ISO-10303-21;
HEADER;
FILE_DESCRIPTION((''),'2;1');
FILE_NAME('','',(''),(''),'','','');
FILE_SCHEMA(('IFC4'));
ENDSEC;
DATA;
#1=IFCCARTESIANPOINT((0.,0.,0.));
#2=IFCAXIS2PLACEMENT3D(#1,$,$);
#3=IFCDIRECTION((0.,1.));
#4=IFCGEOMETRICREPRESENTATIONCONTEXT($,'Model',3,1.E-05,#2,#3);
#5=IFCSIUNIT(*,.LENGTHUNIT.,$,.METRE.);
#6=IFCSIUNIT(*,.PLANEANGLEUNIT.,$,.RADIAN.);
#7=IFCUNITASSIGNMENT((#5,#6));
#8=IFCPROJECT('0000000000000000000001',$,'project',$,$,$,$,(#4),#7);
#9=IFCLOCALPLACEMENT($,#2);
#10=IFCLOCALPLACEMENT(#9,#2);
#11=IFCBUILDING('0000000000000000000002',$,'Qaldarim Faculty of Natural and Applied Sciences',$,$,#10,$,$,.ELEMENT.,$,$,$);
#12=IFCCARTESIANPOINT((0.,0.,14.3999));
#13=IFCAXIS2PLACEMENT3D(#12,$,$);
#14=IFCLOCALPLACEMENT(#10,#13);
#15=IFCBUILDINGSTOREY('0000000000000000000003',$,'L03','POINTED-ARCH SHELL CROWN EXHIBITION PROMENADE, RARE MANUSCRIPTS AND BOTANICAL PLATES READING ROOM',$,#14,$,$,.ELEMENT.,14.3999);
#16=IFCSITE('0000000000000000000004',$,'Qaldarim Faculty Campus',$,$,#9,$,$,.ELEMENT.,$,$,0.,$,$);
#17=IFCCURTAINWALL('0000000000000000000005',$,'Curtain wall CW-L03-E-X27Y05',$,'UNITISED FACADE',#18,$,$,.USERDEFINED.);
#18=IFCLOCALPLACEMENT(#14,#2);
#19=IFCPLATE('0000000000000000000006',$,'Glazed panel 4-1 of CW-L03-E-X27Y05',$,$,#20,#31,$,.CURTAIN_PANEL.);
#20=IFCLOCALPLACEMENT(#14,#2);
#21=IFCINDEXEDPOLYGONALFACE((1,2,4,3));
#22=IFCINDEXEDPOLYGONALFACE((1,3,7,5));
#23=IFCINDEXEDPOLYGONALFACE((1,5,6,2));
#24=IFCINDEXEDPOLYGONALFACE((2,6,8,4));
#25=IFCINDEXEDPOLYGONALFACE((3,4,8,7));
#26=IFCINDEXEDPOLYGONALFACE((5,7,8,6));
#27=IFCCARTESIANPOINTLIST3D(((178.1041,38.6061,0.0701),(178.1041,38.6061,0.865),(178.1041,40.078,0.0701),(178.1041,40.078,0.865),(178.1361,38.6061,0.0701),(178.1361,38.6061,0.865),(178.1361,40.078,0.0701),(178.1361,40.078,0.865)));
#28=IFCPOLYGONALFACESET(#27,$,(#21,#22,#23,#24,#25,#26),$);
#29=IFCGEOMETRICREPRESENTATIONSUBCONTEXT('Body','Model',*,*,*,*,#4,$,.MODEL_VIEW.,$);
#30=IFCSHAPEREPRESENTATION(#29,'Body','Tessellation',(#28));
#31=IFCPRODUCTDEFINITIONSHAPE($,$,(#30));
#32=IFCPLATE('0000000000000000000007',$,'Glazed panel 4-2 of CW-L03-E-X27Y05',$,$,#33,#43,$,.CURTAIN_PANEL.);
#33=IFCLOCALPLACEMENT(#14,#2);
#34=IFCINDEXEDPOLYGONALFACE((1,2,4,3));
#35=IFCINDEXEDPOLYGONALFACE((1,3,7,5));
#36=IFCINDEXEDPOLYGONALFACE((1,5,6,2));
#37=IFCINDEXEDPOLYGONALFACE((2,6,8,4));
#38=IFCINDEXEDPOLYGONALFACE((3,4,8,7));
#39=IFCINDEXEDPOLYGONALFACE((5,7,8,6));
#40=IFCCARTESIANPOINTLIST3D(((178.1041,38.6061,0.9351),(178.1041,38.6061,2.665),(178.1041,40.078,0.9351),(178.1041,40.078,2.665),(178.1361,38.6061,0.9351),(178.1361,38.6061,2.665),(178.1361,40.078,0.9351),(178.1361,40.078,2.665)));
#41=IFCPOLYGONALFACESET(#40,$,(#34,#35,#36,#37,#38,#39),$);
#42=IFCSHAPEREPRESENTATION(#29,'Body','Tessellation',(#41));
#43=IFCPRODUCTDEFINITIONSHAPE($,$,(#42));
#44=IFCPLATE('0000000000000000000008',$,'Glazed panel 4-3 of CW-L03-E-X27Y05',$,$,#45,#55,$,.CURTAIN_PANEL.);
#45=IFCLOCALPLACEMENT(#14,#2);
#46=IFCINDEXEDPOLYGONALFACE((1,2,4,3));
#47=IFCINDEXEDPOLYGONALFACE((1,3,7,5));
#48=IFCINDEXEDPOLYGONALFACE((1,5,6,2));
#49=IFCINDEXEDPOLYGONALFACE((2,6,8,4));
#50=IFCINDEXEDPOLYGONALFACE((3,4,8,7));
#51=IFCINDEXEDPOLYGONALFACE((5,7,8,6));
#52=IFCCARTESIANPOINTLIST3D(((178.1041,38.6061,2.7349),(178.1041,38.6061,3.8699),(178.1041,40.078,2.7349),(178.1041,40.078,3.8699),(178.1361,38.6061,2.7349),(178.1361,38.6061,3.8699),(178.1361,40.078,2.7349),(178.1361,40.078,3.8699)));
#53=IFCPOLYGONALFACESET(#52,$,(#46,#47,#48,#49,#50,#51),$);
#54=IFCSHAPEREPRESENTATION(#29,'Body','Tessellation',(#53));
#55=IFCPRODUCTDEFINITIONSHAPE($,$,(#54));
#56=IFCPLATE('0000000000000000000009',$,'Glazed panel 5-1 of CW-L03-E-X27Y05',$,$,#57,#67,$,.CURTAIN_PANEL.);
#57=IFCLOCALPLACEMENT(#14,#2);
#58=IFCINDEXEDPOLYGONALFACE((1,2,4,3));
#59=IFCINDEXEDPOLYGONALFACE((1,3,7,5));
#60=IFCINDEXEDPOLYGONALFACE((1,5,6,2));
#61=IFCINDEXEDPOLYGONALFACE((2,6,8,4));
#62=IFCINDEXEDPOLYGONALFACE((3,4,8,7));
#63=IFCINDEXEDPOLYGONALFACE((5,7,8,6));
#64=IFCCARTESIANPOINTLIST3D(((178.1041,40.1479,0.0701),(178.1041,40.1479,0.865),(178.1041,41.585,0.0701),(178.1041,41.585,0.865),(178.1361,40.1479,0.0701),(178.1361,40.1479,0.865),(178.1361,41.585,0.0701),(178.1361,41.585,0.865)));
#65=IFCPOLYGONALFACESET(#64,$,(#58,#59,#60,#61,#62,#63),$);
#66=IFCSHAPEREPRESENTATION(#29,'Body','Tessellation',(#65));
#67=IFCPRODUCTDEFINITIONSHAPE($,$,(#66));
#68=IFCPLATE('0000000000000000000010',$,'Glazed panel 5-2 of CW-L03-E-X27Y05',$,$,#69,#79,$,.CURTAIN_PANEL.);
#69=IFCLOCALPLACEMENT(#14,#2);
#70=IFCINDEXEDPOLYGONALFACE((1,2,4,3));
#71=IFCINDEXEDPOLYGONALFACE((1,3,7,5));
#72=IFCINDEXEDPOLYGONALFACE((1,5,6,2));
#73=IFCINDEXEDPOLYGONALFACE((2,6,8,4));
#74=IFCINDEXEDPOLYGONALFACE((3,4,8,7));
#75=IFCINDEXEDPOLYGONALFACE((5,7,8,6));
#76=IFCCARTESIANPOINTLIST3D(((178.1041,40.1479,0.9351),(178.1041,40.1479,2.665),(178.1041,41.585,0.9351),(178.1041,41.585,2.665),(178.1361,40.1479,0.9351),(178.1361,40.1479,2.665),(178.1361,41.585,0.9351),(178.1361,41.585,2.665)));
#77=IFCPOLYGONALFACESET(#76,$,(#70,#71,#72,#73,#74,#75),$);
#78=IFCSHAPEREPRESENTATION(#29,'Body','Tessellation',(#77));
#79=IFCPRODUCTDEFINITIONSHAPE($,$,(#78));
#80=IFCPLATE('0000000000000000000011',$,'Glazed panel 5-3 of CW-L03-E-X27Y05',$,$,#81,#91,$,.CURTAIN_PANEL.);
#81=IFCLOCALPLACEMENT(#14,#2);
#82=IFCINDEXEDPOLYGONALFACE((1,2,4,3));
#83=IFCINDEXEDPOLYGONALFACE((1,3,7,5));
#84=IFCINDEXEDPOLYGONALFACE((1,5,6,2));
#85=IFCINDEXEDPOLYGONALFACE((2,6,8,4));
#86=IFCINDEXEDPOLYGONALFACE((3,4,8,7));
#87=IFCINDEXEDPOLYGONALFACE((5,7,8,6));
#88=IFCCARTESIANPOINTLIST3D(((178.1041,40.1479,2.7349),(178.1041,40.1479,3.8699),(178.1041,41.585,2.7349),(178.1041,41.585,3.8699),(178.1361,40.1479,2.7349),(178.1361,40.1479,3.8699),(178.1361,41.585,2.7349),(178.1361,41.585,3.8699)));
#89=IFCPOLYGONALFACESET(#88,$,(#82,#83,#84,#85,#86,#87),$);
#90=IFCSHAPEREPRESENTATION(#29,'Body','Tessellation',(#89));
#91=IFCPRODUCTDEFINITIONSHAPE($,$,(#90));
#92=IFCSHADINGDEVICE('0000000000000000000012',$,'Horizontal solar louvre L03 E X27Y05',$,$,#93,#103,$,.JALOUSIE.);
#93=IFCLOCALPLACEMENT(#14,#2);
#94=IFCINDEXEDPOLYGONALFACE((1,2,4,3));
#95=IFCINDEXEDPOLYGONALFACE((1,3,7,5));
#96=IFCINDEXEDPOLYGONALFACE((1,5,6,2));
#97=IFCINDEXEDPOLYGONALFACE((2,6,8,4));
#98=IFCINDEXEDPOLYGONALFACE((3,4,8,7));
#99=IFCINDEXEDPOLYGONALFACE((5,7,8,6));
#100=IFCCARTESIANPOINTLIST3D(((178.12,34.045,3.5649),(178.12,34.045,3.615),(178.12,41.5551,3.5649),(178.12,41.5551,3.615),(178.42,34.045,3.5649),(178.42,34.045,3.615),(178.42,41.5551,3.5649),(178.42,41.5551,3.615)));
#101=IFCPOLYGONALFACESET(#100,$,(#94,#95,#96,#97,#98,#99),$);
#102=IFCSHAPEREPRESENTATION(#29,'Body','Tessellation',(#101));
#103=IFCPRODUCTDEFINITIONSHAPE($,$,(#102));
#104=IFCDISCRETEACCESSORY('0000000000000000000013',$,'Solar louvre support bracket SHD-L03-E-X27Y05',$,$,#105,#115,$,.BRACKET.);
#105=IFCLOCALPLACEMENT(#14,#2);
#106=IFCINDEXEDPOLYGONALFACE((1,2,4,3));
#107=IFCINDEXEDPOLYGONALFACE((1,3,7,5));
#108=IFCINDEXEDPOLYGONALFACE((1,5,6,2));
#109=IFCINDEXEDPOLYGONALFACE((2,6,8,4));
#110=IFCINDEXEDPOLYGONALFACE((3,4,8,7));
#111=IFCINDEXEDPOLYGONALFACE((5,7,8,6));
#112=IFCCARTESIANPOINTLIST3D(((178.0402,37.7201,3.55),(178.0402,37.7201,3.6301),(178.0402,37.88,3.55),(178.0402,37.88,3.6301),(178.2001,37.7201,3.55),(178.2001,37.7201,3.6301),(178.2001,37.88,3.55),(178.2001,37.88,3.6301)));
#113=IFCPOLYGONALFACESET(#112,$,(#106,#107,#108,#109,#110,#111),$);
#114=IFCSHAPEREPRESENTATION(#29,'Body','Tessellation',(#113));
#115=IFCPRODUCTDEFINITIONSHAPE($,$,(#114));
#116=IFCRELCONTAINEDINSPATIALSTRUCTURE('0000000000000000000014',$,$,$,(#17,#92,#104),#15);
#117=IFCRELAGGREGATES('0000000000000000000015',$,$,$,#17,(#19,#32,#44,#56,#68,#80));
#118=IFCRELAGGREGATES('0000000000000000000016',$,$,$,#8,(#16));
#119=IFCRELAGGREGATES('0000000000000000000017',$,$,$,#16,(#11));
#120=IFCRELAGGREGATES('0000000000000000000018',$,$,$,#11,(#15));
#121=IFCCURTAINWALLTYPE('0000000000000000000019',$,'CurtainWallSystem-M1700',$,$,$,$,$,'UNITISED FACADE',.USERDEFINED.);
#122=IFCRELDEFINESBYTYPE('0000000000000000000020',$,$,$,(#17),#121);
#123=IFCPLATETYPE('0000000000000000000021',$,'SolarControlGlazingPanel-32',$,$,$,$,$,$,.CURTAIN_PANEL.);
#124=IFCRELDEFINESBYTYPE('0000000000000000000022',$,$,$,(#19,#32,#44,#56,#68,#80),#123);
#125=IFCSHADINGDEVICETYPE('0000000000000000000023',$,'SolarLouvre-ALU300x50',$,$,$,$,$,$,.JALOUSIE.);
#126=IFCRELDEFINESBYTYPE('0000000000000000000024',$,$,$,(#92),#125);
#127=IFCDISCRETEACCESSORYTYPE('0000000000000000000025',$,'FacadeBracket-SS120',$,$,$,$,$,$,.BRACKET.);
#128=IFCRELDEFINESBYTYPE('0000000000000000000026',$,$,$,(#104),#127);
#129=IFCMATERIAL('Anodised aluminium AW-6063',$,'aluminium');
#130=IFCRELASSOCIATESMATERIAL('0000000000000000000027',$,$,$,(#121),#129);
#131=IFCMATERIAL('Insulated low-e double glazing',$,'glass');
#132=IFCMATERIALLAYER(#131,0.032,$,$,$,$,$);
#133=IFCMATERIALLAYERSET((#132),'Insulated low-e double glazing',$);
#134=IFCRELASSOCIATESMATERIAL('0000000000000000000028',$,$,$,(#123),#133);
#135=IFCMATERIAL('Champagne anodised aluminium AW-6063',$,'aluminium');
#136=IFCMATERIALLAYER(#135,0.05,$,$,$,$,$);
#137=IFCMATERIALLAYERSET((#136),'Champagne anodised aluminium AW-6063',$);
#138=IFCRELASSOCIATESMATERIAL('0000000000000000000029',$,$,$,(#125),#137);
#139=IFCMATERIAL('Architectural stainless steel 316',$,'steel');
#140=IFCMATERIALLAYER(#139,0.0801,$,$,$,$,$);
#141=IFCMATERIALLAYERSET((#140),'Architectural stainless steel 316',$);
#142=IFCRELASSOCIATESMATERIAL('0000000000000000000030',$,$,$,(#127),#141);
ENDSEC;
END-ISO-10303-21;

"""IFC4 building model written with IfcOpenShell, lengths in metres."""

from ifc_helpers import new_model, si_unit, direction, frame, origin, origin_2d, place, context, subcontext, project, spatial, rectangle, extrude, material, layer, layer_set, type_object, element, aggregate, save


model = new_model("IFC4")

# Units and contexts
model_context = context("Model", 3, precision=1e-05, world=origin(), true_north=direction((0.0, 1.0)))
body_context = subcontext(model_context, "Body", "Model", "MODEL_VIEW")
ifc_project = project(units=[si_unit("LENGTHUNIT", "METRE"), si_unit("PLANEANGLEUNIT", "RADIAN")], contexts=[model_context])

# Site, building, storey
site_placement = place(None, origin())
site = spatial("IfcSite", under=ifc_project, at=site_placement, Name="Qaldarim Faculty Campus", CompositionType="ELEMENT", RefElevation=0.0)
building_placement = place(site_placement, origin())
building = spatial("IfcBuilding", under=site, at=building_placement, Name="Qaldarim Faculty of Natural and Applied Sciences", CompositionType="ELEMENT")
storey_placement = place(building_placement, frame((0.0, 0.0, 14.3999)))
storey = spatial("IfcBuildingStorey", under=building, at=storey_placement, Name="L03", Description="POINTED-ARCH SHELL CROWN EXHIBITION PROMENADE, RARE MANUSCRIPTS AND BOTANICAL PLATES READING ROOM", CompositionType="ELEMENT", Elevation=14.3999)

# Curtain wall, plates
ifc_material_1 = material(Name="Anodised aluminium AW-6063", Category="aluminium")
curtain_wall_type = type_object("IfcCurtainWallType", Name="CurtainWallSystem-M1700", ElementType="UNITISED FACADE", PredefinedType="USERDEFINED", material=ifc_material_1)
curtain_wall_placement = place(storey_placement, origin())
curtain_wall = element("IfcCurtainWall", 1, at=curtain_wall_placement, inside=storey, type_object=curtain_wall_type, Name="Curtain wall CW-L03-E-X27Y05", ObjectType="UNITISED FACADE", PredefinedType="USERDEFINED")
ifc_material_2 = material(Name="Insulated low-e double glazing", Category="glass")
ifc_layer_1 = layer(ifc_material_2, 0.032)
ifc_layer_set_1 = layer_set([ifc_layer_1], Name="Insulated low-e double glazing")
plate_type = type_object("IfcPlateType", Name="SolarControlGlazingPanel-32", PredefinedType="CURTAIN_PANEL", material=ifc_layer_set_1)
plate_1_placement = place(storey_placement, frame((178.1201, 39.342, 0.0701), z_axis=(0.0, 0.0, 1.0), x_axis=(0.0, 1.0, 0.0)))
plate_1 = element("IfcPlate", 2, at=plate_1_placement, type_object=plate_type, Name="Glazed panel 4-1 of CW-L03-E-X27Y05", PredefinedType="CURTAIN_PANEL", context=body_context, shape_type="SweptSolid", body=[
    extrude(rectangle(XDim=1.4719, YDim=0.032, at=origin_2d()), origin(), (0.0, 0.0, 1.0), 0.7949),
])
plate_2_placement = place(storey_placement, frame((178.1201, 39.342, 0.9351), z_axis=(0.0, 0.0, 1.0), x_axis=(0.0, 1.0, 0.0)))
plate_2 = element("IfcPlate", 3, at=plate_2_placement, type_object=plate_type, Name="Glazed panel 4-2 of CW-L03-E-X27Y05", PredefinedType="CURTAIN_PANEL", context=body_context, shape_type="SweptSolid", body=[
    extrude(rectangle(XDim=1.4719, YDim=0.032, at=origin_2d()), origin(), (0.0, 0.0, 1.0), 1.73),
])
plate_3_placement = place(storey_placement, frame((178.1201, 39.342, 2.7349), z_axis=(0.0, 0.0, 1.0), x_axis=(0.0, 1.0, 0.0)))
plate_3 = element("IfcPlate", 4, at=plate_3_placement, type_object=plate_type, Name="Glazed panel 4-3 of CW-L03-E-X27Y05", PredefinedType="CURTAIN_PANEL", context=body_context, shape_type="SweptSolid", body=[
    extrude(rectangle(XDim=1.4719, YDim=0.032, at=origin_2d()), origin(), (0.0, 0.0, 1.0), 1.135),
])
plate_4_placement = place(storey_placement, frame((178.1201, 40.8665, 0.0701), z_axis=(0.0, 0.0, 1.0), x_axis=(0.0, 1.0, 0.0)))
plate_4 = element("IfcPlate", 5, at=plate_4_placement, type_object=plate_type, Name="Glazed panel 5-1 of CW-L03-E-X27Y05", PredefinedType="CURTAIN_PANEL", context=body_context, shape_type="SweptSolid", body=[
    extrude(rectangle(XDim=1.437, YDim=0.032, at=origin_2d()), origin(), (0.0, 0.0, 1.0), 0.7949),
])
plate_5_placement = place(storey_placement, frame((178.1201, 40.8665, 0.9351), z_axis=(0.0, 0.0, 1.0), x_axis=(0.0, 1.0, 0.0)))
plate_5 = element("IfcPlate", 6, at=plate_5_placement, type_object=plate_type, Name="Glazed panel 5-2 of CW-L03-E-X27Y05", PredefinedType="CURTAIN_PANEL", context=body_context, shape_type="SweptSolid", body=[
    extrude(rectangle(XDim=1.437, YDim=0.032, at=origin_2d()), origin(), (0.0, 0.0, 1.0), 1.73),
])
plate_6_placement = place(storey_placement, frame((178.1201, 40.8665, 2.7349), z_axis=(0.0, 0.0, 1.0), x_axis=(0.0, 1.0, 0.0)))
plate_6 = element("IfcPlate", 7, at=plate_6_placement, type_object=plate_type, Name="Glazed panel 5-3 of CW-L03-E-X27Y05", PredefinedType="CURTAIN_PANEL", context=body_context, shape_type="SweptSolid", body=[
    extrude(rectangle(XDim=1.437, YDim=0.032, at=origin_2d()), origin(), (0.0, 0.0, 1.0), 1.135),
])
aggregate(curtain_wall, [plate_1, plate_2, plate_3, plate_4, plate_5, plate_6])

# Shading device
ifc_material_3 = material(Name="Champagne anodised aluminium AW-6063", Category="aluminium")
ifc_layer_2 = layer(ifc_material_3, 0.05)
ifc_layer_set_2 = layer_set([ifc_layer_2], Name="Champagne anodised aluminium AW-6063")
shading_device_type = type_object("IfcShadingDeviceType", Name="SolarLouvre-ALU300x50", PredefinedType="JALOUSIE", material=ifc_layer_set_2)
shading_device_placement = place(storey_placement, frame((178.27, 37.8, 3.5649), z_axis=(0.0, 0.0, 1.0), x_axis=(0.0, 1.0, 0.0)))
element("IfcShadingDevice", 8, at=shading_device_placement, inside=storey, type_object=shading_device_type, Name="Horizontal solar louvre L03 E X27Y05", PredefinedType="JALOUSIE", context=body_context, shape_type="SweptSolid", body=[
    extrude(rectangle(XDim=7.51, YDim=0.3, at=origin_2d()), origin(), (0.0, 0.0, 1.0), 0.05),
])

# Discrete accessory
ifc_material_4 = material(Name="Architectural stainless steel 316", Category="steel")
ifc_layer_3 = layer(ifc_material_4, 0.0801)
ifc_layer_set_3 = layer_set([ifc_layer_3], Name="Architectural stainless steel 316")
discrete_accessory_type = type_object("IfcDiscreteAccessoryType", Name="FacadeBracket-SS120", PredefinedType="BRACKET", material=ifc_layer_set_3)
discrete_accessory_placement = place(storey_placement, frame((178.1201, 37.8, 3.55), z_axis=(0.0, 0.0, 1.0), x_axis=(0.0, 1.0, 0.0)))
element("IfcDiscreteAccessory", 9, at=discrete_accessory_placement, inside=storey, type_object=discrete_accessory_type, Name="Solar louvre support bracket SHD-L03-E-X27Y05", PredefinedType="BRACKET", context=body_context, shape_type="SweptSolid", body=[
    extrude(rectangle(XDim=0.1599, YDim=0.1599, at=origin_2d()), origin(), (0.0, 0.0, 1.0), 0.0801),
])

save(model, "model.ifc")
